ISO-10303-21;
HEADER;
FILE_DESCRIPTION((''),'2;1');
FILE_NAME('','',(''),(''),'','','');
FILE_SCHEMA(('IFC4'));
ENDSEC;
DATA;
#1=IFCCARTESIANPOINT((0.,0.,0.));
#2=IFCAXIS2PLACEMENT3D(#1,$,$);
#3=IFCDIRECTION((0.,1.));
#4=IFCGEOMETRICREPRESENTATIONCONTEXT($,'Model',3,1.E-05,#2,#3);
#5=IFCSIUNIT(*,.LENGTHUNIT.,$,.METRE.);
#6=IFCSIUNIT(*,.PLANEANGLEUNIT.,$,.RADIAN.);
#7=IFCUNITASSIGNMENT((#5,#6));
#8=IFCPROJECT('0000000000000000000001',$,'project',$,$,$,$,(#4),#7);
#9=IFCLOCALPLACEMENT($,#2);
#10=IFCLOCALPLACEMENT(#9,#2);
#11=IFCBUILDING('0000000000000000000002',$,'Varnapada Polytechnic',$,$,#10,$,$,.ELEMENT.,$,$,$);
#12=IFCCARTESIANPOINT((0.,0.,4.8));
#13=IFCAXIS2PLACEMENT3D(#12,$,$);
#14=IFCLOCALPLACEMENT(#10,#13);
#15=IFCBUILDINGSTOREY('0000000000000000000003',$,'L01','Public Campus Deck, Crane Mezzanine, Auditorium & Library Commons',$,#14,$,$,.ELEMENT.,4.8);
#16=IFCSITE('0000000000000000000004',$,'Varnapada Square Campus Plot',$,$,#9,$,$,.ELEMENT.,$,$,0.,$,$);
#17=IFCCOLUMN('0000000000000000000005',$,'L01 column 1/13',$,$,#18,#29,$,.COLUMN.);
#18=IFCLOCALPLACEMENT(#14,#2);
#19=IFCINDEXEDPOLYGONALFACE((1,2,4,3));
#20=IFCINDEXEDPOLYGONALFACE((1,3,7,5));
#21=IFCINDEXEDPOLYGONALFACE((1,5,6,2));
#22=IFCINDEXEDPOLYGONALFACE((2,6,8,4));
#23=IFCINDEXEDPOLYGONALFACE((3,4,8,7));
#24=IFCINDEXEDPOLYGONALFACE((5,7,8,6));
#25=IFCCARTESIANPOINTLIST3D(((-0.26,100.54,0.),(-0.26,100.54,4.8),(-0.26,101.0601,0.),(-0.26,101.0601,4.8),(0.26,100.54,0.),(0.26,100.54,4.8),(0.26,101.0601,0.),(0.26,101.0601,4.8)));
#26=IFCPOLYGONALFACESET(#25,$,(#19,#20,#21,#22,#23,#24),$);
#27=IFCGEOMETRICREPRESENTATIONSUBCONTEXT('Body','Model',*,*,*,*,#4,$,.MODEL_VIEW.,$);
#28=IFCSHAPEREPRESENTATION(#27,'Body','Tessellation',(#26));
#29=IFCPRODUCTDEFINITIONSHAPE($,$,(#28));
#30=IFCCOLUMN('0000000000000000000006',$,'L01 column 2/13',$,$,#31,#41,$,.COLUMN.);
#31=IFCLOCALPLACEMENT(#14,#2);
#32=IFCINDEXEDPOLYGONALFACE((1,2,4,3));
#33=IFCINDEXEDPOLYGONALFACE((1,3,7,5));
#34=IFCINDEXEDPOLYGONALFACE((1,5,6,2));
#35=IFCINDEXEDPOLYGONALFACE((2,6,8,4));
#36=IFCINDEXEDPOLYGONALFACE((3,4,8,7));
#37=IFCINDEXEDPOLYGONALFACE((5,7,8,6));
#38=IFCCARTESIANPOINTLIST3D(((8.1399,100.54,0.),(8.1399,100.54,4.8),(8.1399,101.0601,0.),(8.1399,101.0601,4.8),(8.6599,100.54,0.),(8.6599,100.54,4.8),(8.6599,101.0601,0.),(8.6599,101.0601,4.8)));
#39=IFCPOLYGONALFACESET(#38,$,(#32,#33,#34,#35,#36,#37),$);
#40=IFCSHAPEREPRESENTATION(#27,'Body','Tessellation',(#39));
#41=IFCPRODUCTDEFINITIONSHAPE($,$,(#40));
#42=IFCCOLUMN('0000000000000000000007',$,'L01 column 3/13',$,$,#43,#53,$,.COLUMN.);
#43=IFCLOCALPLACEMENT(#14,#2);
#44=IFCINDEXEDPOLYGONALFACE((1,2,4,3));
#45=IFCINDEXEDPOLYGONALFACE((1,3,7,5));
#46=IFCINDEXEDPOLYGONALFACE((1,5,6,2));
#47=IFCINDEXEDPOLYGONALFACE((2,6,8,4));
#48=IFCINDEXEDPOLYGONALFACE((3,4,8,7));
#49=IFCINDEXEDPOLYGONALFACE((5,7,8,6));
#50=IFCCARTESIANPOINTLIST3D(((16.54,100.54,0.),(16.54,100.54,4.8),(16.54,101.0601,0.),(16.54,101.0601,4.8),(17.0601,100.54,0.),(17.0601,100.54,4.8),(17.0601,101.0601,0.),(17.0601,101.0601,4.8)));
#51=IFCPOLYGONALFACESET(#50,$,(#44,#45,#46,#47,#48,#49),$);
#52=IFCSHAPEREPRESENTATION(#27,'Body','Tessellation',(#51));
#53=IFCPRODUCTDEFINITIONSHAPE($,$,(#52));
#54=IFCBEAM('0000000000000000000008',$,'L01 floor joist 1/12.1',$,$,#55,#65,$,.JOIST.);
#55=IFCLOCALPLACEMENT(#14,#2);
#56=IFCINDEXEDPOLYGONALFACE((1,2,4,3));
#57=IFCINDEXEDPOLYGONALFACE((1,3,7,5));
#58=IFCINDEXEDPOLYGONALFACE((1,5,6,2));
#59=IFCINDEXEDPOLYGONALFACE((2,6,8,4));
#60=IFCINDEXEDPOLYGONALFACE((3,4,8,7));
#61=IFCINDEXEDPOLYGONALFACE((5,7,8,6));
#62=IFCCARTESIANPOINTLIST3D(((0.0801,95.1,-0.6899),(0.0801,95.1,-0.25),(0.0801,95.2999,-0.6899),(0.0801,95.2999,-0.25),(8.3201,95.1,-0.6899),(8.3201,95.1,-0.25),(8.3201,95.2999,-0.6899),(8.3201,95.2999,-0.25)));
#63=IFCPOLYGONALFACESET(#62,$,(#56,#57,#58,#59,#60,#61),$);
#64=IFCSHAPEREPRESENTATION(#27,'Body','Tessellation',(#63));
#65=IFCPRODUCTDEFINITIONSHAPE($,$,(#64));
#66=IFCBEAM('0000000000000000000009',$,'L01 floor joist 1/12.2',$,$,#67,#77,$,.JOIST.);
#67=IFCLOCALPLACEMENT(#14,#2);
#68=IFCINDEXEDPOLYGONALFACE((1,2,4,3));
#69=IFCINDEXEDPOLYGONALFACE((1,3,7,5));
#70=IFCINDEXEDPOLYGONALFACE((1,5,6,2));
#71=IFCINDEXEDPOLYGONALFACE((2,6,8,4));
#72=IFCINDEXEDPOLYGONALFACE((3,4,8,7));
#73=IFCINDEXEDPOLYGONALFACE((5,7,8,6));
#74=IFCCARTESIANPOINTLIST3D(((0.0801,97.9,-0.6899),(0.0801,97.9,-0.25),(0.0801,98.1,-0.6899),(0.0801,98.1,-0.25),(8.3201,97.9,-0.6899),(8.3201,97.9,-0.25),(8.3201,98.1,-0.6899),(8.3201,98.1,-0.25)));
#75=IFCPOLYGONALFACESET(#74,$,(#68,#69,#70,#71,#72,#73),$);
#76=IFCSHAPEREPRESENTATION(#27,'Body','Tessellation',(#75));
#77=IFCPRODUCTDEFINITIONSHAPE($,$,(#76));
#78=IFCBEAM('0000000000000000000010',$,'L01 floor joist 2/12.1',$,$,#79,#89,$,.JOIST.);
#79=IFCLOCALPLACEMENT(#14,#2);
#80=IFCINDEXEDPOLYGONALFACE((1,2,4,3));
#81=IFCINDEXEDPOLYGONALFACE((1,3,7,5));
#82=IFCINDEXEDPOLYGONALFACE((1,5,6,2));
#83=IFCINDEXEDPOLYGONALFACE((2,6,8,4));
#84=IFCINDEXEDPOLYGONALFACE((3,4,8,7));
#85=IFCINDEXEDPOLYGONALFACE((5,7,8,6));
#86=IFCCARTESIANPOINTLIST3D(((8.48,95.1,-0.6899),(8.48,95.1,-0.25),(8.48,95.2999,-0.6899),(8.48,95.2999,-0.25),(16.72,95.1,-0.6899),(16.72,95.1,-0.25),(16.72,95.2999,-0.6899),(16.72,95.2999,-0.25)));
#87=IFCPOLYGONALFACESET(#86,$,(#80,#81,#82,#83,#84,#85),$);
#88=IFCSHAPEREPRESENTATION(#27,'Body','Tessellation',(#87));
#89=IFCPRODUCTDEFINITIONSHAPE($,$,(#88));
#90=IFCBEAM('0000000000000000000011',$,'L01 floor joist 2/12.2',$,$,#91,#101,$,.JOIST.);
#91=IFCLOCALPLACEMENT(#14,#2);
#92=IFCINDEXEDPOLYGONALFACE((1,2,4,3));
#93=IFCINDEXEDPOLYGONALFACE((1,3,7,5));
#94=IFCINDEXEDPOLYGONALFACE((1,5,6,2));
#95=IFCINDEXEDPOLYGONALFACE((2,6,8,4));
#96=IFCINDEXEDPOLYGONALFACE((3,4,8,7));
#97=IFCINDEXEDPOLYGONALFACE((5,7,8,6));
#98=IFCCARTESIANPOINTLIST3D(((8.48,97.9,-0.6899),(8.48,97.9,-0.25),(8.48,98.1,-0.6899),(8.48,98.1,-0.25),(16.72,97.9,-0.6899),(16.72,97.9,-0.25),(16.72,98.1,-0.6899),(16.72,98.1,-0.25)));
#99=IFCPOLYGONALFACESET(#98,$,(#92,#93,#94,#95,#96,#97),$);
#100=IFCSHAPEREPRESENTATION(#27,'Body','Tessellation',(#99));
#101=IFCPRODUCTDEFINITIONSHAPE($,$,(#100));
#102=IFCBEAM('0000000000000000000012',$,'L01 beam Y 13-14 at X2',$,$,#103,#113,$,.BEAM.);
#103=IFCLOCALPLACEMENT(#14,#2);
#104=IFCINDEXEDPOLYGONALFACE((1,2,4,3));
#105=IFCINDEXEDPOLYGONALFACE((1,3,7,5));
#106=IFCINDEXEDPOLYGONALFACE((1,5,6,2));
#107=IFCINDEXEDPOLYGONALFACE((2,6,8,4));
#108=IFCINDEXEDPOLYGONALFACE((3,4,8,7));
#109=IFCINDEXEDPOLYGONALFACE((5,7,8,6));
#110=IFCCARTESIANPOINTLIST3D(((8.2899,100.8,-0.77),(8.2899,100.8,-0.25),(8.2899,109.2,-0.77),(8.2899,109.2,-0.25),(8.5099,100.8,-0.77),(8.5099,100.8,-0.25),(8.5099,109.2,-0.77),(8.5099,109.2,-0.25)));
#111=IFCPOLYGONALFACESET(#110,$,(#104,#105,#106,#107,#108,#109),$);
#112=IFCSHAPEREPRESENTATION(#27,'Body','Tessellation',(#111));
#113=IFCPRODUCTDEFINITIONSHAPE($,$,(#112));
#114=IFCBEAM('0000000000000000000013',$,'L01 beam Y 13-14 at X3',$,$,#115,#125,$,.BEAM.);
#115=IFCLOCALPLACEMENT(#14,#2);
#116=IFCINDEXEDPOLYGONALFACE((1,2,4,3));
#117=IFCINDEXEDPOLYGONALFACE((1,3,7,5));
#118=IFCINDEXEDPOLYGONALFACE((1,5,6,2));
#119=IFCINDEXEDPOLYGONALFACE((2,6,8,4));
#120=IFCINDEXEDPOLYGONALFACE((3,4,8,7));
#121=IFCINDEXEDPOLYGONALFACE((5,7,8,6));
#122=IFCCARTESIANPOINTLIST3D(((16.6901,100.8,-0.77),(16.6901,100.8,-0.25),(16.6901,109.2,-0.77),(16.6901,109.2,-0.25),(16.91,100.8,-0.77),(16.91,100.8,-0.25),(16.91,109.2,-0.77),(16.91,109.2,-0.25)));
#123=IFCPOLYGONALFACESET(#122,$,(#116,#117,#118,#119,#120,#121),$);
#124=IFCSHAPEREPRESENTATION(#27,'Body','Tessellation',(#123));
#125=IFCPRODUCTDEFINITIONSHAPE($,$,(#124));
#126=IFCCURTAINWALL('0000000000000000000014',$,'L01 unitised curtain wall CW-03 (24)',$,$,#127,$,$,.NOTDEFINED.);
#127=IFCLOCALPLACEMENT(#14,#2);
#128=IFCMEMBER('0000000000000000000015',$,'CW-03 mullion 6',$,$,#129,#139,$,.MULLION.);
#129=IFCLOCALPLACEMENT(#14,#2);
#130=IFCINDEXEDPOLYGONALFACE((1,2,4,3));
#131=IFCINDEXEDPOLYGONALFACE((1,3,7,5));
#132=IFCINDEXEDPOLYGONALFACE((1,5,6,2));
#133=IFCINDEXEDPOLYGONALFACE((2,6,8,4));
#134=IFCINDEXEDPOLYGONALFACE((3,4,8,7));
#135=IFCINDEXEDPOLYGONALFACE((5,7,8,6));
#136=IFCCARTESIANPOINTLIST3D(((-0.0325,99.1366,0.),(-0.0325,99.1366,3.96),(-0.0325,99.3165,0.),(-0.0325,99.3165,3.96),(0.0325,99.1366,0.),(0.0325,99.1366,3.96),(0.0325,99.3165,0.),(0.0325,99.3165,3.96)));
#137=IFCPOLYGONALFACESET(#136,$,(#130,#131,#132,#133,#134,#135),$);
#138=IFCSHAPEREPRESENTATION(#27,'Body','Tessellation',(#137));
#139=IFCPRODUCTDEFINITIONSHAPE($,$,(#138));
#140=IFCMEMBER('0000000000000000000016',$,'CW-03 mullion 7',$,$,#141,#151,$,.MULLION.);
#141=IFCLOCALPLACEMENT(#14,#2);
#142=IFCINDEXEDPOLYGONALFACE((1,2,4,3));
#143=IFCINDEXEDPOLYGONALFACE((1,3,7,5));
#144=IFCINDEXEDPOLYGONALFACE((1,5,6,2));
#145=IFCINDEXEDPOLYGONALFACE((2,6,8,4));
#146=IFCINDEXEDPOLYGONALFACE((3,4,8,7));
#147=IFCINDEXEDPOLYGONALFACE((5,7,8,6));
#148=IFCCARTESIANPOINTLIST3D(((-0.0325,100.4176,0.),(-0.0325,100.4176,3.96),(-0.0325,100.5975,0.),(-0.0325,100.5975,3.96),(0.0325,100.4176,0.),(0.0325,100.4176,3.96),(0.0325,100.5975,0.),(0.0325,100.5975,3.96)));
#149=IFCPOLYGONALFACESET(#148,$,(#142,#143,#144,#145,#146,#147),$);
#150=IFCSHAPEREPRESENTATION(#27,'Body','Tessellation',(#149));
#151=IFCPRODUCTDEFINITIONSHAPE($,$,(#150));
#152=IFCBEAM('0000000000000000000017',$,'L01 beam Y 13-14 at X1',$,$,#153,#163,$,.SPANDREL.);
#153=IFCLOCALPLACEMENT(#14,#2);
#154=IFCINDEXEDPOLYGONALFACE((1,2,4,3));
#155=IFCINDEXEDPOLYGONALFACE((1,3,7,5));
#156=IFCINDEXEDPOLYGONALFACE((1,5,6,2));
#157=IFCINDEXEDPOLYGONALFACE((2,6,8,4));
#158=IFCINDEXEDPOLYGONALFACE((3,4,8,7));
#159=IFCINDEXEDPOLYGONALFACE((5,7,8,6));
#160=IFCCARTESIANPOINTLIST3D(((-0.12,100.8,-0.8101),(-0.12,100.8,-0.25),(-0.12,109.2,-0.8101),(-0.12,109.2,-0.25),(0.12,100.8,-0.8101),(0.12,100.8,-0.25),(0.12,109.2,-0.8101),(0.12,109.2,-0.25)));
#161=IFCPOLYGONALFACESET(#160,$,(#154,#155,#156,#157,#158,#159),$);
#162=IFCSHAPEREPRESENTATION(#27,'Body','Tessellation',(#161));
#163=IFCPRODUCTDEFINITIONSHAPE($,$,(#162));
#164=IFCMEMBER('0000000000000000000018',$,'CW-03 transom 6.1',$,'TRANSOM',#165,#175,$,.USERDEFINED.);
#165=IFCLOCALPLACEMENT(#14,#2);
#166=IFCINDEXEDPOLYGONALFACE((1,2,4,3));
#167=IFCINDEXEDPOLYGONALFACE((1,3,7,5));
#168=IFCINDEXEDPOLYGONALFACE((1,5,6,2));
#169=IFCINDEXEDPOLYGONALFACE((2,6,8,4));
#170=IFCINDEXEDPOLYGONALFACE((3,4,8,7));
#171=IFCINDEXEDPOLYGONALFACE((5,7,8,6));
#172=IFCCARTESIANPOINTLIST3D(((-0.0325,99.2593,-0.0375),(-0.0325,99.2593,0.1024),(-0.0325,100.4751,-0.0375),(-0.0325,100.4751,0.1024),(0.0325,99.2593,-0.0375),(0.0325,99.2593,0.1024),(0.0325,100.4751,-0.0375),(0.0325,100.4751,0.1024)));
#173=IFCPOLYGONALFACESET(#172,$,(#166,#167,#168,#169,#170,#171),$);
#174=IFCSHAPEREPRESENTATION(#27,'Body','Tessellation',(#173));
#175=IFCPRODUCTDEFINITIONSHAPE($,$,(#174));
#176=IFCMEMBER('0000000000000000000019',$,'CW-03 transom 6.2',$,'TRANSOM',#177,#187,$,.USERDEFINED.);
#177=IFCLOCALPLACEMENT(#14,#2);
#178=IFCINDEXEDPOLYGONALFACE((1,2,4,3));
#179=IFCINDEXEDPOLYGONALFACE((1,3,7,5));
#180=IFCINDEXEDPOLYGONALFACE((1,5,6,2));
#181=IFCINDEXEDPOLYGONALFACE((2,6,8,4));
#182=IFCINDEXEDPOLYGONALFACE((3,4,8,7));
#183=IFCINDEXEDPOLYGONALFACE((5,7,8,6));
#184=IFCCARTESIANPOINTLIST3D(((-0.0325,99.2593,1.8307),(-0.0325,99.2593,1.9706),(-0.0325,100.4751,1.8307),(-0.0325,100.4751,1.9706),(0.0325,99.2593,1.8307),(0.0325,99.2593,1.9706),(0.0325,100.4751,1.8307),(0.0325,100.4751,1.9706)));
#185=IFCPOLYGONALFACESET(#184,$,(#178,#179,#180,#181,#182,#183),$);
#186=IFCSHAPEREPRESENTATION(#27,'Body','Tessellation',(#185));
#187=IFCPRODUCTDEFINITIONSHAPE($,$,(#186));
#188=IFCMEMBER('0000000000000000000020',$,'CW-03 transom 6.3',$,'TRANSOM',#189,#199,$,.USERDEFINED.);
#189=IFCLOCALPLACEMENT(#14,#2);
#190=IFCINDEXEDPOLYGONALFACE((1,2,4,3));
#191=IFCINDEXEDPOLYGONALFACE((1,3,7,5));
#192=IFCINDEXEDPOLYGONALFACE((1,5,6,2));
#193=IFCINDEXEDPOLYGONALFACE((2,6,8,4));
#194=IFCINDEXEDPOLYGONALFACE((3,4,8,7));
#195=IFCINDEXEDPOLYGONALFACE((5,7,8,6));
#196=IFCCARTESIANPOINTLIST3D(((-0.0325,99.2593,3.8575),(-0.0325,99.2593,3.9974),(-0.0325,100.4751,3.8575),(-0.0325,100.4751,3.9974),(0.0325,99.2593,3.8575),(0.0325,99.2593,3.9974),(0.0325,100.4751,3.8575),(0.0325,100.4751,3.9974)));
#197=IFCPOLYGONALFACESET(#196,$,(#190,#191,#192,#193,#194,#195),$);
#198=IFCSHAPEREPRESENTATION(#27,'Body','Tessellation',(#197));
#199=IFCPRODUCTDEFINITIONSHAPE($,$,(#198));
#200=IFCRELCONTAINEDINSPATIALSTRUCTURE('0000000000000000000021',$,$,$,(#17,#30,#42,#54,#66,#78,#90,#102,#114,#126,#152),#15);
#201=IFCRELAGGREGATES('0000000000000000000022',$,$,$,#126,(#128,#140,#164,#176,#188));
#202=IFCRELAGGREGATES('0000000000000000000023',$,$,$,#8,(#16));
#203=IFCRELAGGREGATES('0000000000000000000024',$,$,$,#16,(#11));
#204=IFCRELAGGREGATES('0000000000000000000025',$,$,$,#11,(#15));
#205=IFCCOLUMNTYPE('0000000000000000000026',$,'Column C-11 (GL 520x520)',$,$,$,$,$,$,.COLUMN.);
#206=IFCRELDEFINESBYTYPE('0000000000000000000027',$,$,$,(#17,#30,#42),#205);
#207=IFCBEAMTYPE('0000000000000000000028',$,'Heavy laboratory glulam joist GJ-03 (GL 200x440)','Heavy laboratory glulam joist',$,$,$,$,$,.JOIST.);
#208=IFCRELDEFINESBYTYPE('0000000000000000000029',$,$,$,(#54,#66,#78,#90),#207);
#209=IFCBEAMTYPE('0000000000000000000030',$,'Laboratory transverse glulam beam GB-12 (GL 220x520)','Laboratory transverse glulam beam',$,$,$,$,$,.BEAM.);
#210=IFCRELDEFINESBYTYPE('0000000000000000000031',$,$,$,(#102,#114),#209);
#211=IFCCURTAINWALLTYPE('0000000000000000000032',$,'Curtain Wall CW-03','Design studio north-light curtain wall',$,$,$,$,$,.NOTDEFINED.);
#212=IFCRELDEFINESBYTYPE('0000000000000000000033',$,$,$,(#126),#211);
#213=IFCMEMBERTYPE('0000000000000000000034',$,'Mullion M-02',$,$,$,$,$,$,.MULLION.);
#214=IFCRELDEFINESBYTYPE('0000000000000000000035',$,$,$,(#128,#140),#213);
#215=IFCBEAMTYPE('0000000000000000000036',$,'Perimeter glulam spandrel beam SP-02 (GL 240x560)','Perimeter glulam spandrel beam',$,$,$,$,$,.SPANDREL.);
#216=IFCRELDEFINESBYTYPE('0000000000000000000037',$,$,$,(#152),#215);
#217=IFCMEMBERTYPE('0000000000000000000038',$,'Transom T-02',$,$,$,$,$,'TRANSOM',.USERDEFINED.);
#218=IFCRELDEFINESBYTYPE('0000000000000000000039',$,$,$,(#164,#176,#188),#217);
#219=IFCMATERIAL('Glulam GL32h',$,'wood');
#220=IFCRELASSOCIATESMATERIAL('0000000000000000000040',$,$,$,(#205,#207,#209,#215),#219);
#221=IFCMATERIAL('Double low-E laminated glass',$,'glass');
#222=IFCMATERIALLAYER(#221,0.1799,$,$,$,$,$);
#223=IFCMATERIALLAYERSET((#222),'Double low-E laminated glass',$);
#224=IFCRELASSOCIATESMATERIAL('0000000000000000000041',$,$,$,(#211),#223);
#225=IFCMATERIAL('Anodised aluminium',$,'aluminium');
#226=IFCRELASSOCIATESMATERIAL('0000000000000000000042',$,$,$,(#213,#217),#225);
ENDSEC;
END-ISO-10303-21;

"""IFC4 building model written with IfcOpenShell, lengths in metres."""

from ifc_helpers import new_model, si_unit, direction, frame, origin, origin_2d, place, context, subcontext, project, spatial, rectangle, extrude, material, layer, layer_set, material_profile, profile_set, type_object, element, aggregate, save


model = new_model("IFC4")

# Units and contexts
model_context = context("Model", 3, precision=1e-05, world=origin(), true_north=direction((0.0, 1.0)))
body_context = subcontext(model_context, "Body", "Model", "MODEL_VIEW")
ifc_project = project(units=[si_unit("LENGTHUNIT", "METRE"), si_unit("PLANEANGLEUNIT", "RADIAN")], contexts=[model_context])

# Site, building, storey
site_placement = place(None, origin())
site = spatial("IfcSite", under=ifc_project, at=site_placement, Name="Varnapada Square Campus Plot", CompositionType="ELEMENT", RefElevation=0.0)
building_placement = place(site_placement, origin())
building = spatial("IfcBuilding", under=site, at=building_placement, Name="Varnapada Polytechnic", CompositionType="ELEMENT")
storey_placement = place(building_placement, frame((0.0, 0.0, 4.8)))
storey = spatial("IfcBuildingStorey", under=building, at=storey_placement, Name="L01", Description="Public Campus Deck, Crane Mezzanine, Auditorium & Library Commons", CompositionType="ELEMENT", Elevation=4.8)

# Columns
ifc_material_1 = material(Name="Glulam GL32h", Category="wood")
ifc_material_profile_1 = material_profile(ifc_material_1, rectangle(XDim=0.52, YDim=0.52, at=origin_2d()), Name="GL 520x520")
ifc_profile_set_1 = profile_set([ifc_material_profile_1], Name="Glulam GL32h")
column_type = type_object("IfcColumnType", Name="Column C-11 (GL 520x520)", PredefinedType="COLUMN", material=ifc_profile_set_1)
for number, where, z_axis, x_axis, name in (
    (1, (0.0, 100.8, 0.0), (0.0, 0.0, 1.0), (1.0, 0.0, 0.0), "L01 column 1/13"),
    (2, (8.3999, 100.8, 0.0), (0.0, 0.0, 1.0), (1.0, 0.0, 0.0), "L01 column 2/13"),
    (3, (16.8, 100.8, 0.0), (0.0, 0.0, 1.0), (1.0, 0.0, 0.0), "L01 column 3/13"),
):
    element("IfcColumn", number, at=place(storey_placement, frame(where, z_axis=z_axis, x_axis=x_axis)), inside=storey, type_object=column_type, Name=name, PredefinedType="COLUMN", context=body_context, shape_type="SweptSolid", body=[
        extrude(rectangle(XDim=0.52, YDim=0.52, at=origin_2d()), origin(), (0.0, 0.0, 1.0), 4.8),
    ])

# Beams
ifc_material_profile_2 = material_profile(ifc_material_1, rectangle(XDim=0.2, YDim=0.4399, at=origin_2d()), Name="GL 200x440")
ifc_profile_set_2 = profile_set([ifc_material_profile_2], Name="Glulam GL32h")
beam_type_1 = type_object("IfcBeamType", Name="Heavy laboratory glulam joist GJ-03 (GL 200x440)", Description="Heavy laboratory glulam joist", PredefinedType="JOIST", material=ifc_profile_set_2)
for number, where, z_axis, x_axis, name in (
    (4, (0.0801, 95.2, -0.47), (1.0, 0.0, 0.0), (0.0, 1.0, 0.0), "L01 floor joist 1/12.1"),
    (5, (0.0801, 98.0, -0.47), (1.0, 0.0, 0.0), (0.0, 1.0, 0.0), "L01 floor joist 1/12.2"),
    (6, (8.48, 95.2, -0.47), (1.0, 0.0, 0.0), (0.0, 1.0, 0.0), "L01 floor joist 2/12.1"),
    (7, (8.48, 98.0, -0.47), (1.0, 0.0, 0.0), (0.0, 1.0, 0.0), "L01 floor joist 2/12.2"),
):
    element("IfcBeam", number, at=place(storey_placement, frame(where, z_axis=z_axis, x_axis=x_axis)), inside=storey, type_object=beam_type_1, Name=name, PredefinedType="JOIST", context=body_context, shape_type="SweptSolid", body=[
        extrude(rectangle(XDim=0.2, YDim=0.4399, at=origin_2d()), origin(), (0.0, 0.0, 1.0), 8.24),
    ])
ifc_material_profile_3 = material_profile(ifc_material_1, rectangle(XDim=0.22, YDim=0.52, at=origin_2d()), Name="GL 220x520")
ifc_profile_set_3 = profile_set([ifc_material_profile_3], Name="Glulam GL32h")
beam_type_2 = type_object("IfcBeamType", Name="Laboratory transverse glulam beam GB-12 (GL 220x520)", Description="Laboratory transverse glulam beam", PredefinedType="BEAM", material=ifc_profile_set_3)
for number, where, z_axis, x_axis, name in (
    (8, (8.3999, 100.8, -0.51), (0.0, 1.0, 0.0), (-1.0, 0.0, 0.0), "L01 beam Y 13-14 at X2"),
    (9, (16.8, 100.8, -0.51), (0.0, 1.0, 0.0), (-1.0, 0.0, 0.0), "L01 beam Y 13-14 at X3"),
):
    element("IfcBeam", number, at=place(storey_placement, frame(where, z_axis=z_axis, x_axis=x_axis)), inside=storey, type_object=beam_type_2, Name=name, PredefinedType="BEAM", context=body_context, shape_type="SweptSolid", body=[
        extrude(rectangle(XDim=0.22, YDim=0.52, at=origin_2d()), origin(), (0.0, 0.0, 1.0), 8.3999),
    ])

# Curtain wall, members
ifc_material_2 = material(Name="Double low-E laminated glass", Category="glass")
ifc_layer_1 = layer(ifc_material_2, 0.1799)
ifc_layer_set_1 = layer_set([ifc_layer_1], Name="Double low-E laminated glass")
curtain_wall_type = type_object("IfcCurtainWallType", Name="Curtain Wall CW-03", Description="Design studio north-light curtain wall", PredefinedType="NOTDEFINED", material=ifc_layer_set_1)
curtain_wall_placement = place(storey_placement, origin())
curtain_wall = element("IfcCurtainWall", 10, at=curtain_wall_placement, inside=storey, type_object=curtain_wall_type, Name="L01 unitised curtain wall CW-03 (24)", PredefinedType="NOTDEFINED")
ifc_material_3 = material(Name="Anodised aluminium", Category="aluminium")
ifc_material_profile_4 = material_profile(ifc_material_3, rectangle(XDim=0.0649, YDim=0.1799, at=origin_2d()), Name="ALU M65x180")
ifc_profile_set_4 = profile_set([ifc_material_profile_4], Name="Anodised aluminium")
member_type_1 = type_object("IfcMemberType", Name="Mullion M-02", PredefinedType="MULLION", material=ifc_profile_set_4)
member_1_placement = place(storey_placement, frame((0.0, 99.2266, 0.0), z_axis=(0.0, 0.0, 1.0), x_axis=(-1.0, 0.0, 0.0)))
member_1 = element("IfcMember", 11, at=member_1_placement, type_object=member_type_1, Name="CW-03 mullion 6", PredefinedType="MULLION", context=body_context, shape_type="SweptSolid", body=[
    extrude(rectangle(XDim=0.0649, YDim=0.1799, at=origin_2d()), origin(), (0.0, 0.0, 1.0), 3.96),
])
member_2_placement = place(storey_placement, frame((0.0, 100.5076, 0.0), z_axis=(0.0, 0.0, 1.0), x_axis=(-1.0, 0.0, 0.0)))
member_2 = element("IfcMember", 12, at=member_2_placement, type_object=member_type_1, Name="CW-03 mullion 7", PredefinedType="MULLION", context=body_context, shape_type="SweptSolid", body=[
    extrude(rectangle(XDim=0.0649, YDim=0.1799, at=origin_2d()), origin(), (0.0, 0.0, 1.0), 3.96),
])

# Beam
ifc_material_profile_5 = material_profile(ifc_material_1, rectangle(XDim=0.24, YDim=0.5601, at=origin_2d()), Name="GL 240x560")
ifc_profile_set_5 = profile_set([ifc_material_profile_5], Name="Glulam GL32h")
beam_type_3 = type_object("IfcBeamType", Name="Perimeter glulam spandrel beam SP-02 (GL 240x560)", Description="Perimeter glulam spandrel beam", PredefinedType="SPANDREL", material=ifc_profile_set_5)
beam_1_placement = place(storey_placement, frame((0.0, 100.8, -0.53), z_axis=(0.0, 1.0, 0.0), x_axis=(-1.0, 0.0, 0.0)))
element("IfcBeam", 13, at=beam_1_placement, inside=storey, type_object=beam_type_3, Name="L01 beam Y 13-14 at X1", PredefinedType="SPANDREL", context=body_context, shape_type="SweptSolid", body=[
    extrude(rectangle(XDim=0.24, YDim=0.5601, at=origin_2d()), origin(), (0.0, 0.0, 1.0), 8.3999),
])

# Members
ifc_material_profile_6 = material_profile(ifc_material_3, rectangle(XDim=0.0649, YDim=0.1399, at=origin_2d()), Name="ALU T65x140")
ifc_profile_set_6 = profile_set([ifc_material_profile_6], Name="Anodised aluminium")
member_type_2 = type_object("IfcMemberType", Name="Transom T-02", ElementType="TRANSOM", PredefinedType="USERDEFINED", material=ifc_profile_set_6)
member_3_placement = place(storey_placement, frame((0.0, 99.2593, 0.0325), z_axis=(0.0, 1.0, 0.0), x_axis=(-1.0, 0.0, 0.0)))
member_3 = element("IfcMember", 14, at=member_3_placement, type_object=member_type_2, Name="CW-03 transom 6.1", ObjectType="TRANSOM", PredefinedType="USERDEFINED", context=body_context, shape_type="SweptSolid", body=[
    extrude(rectangle(XDim=0.0649, YDim=0.1399, at=origin_2d()), origin(), (0.0, 0.0, 1.0), 1.2158),
])
member_4_placement = place(storey_placement, frame((0.0, 99.2593, 1.9006), z_axis=(0.0, 1.0, 0.0), x_axis=(-1.0, 0.0, 0.0)))
member_4 = element("IfcMember", 15, at=member_4_placement, type_object=member_type_2, Name="CW-03 transom 6.2", ObjectType="TRANSOM", PredefinedType="USERDEFINED", context=body_context, shape_type="SweptSolid", body=[
    extrude(rectangle(XDim=0.0649, YDim=0.1399, at=origin_2d()), origin(), (0.0, 0.0, 1.0), 1.2158),
])
member_5_placement = place(storey_placement, frame((0.0, 99.2593, 3.9275), z_axis=(0.0, 1.0, 0.0), x_axis=(-1.0, 0.0, 0.0)))
member_5 = element("IfcMember", 16, at=member_5_placement, type_object=member_type_2, Name="CW-03 transom 6.3", ObjectType="TRANSOM", PredefinedType="USERDEFINED", context=body_context, shape_type="SweptSolid", body=[
    extrude(rectangle(XDim=0.0649, YDim=0.1399, at=origin_2d()), origin(), (0.0, 0.0, 1.0), 1.2158),
])

aggregate(curtain_wall, [member_1, member_2, member_3, member_4, member_5])

save(model, "model.ifc")
